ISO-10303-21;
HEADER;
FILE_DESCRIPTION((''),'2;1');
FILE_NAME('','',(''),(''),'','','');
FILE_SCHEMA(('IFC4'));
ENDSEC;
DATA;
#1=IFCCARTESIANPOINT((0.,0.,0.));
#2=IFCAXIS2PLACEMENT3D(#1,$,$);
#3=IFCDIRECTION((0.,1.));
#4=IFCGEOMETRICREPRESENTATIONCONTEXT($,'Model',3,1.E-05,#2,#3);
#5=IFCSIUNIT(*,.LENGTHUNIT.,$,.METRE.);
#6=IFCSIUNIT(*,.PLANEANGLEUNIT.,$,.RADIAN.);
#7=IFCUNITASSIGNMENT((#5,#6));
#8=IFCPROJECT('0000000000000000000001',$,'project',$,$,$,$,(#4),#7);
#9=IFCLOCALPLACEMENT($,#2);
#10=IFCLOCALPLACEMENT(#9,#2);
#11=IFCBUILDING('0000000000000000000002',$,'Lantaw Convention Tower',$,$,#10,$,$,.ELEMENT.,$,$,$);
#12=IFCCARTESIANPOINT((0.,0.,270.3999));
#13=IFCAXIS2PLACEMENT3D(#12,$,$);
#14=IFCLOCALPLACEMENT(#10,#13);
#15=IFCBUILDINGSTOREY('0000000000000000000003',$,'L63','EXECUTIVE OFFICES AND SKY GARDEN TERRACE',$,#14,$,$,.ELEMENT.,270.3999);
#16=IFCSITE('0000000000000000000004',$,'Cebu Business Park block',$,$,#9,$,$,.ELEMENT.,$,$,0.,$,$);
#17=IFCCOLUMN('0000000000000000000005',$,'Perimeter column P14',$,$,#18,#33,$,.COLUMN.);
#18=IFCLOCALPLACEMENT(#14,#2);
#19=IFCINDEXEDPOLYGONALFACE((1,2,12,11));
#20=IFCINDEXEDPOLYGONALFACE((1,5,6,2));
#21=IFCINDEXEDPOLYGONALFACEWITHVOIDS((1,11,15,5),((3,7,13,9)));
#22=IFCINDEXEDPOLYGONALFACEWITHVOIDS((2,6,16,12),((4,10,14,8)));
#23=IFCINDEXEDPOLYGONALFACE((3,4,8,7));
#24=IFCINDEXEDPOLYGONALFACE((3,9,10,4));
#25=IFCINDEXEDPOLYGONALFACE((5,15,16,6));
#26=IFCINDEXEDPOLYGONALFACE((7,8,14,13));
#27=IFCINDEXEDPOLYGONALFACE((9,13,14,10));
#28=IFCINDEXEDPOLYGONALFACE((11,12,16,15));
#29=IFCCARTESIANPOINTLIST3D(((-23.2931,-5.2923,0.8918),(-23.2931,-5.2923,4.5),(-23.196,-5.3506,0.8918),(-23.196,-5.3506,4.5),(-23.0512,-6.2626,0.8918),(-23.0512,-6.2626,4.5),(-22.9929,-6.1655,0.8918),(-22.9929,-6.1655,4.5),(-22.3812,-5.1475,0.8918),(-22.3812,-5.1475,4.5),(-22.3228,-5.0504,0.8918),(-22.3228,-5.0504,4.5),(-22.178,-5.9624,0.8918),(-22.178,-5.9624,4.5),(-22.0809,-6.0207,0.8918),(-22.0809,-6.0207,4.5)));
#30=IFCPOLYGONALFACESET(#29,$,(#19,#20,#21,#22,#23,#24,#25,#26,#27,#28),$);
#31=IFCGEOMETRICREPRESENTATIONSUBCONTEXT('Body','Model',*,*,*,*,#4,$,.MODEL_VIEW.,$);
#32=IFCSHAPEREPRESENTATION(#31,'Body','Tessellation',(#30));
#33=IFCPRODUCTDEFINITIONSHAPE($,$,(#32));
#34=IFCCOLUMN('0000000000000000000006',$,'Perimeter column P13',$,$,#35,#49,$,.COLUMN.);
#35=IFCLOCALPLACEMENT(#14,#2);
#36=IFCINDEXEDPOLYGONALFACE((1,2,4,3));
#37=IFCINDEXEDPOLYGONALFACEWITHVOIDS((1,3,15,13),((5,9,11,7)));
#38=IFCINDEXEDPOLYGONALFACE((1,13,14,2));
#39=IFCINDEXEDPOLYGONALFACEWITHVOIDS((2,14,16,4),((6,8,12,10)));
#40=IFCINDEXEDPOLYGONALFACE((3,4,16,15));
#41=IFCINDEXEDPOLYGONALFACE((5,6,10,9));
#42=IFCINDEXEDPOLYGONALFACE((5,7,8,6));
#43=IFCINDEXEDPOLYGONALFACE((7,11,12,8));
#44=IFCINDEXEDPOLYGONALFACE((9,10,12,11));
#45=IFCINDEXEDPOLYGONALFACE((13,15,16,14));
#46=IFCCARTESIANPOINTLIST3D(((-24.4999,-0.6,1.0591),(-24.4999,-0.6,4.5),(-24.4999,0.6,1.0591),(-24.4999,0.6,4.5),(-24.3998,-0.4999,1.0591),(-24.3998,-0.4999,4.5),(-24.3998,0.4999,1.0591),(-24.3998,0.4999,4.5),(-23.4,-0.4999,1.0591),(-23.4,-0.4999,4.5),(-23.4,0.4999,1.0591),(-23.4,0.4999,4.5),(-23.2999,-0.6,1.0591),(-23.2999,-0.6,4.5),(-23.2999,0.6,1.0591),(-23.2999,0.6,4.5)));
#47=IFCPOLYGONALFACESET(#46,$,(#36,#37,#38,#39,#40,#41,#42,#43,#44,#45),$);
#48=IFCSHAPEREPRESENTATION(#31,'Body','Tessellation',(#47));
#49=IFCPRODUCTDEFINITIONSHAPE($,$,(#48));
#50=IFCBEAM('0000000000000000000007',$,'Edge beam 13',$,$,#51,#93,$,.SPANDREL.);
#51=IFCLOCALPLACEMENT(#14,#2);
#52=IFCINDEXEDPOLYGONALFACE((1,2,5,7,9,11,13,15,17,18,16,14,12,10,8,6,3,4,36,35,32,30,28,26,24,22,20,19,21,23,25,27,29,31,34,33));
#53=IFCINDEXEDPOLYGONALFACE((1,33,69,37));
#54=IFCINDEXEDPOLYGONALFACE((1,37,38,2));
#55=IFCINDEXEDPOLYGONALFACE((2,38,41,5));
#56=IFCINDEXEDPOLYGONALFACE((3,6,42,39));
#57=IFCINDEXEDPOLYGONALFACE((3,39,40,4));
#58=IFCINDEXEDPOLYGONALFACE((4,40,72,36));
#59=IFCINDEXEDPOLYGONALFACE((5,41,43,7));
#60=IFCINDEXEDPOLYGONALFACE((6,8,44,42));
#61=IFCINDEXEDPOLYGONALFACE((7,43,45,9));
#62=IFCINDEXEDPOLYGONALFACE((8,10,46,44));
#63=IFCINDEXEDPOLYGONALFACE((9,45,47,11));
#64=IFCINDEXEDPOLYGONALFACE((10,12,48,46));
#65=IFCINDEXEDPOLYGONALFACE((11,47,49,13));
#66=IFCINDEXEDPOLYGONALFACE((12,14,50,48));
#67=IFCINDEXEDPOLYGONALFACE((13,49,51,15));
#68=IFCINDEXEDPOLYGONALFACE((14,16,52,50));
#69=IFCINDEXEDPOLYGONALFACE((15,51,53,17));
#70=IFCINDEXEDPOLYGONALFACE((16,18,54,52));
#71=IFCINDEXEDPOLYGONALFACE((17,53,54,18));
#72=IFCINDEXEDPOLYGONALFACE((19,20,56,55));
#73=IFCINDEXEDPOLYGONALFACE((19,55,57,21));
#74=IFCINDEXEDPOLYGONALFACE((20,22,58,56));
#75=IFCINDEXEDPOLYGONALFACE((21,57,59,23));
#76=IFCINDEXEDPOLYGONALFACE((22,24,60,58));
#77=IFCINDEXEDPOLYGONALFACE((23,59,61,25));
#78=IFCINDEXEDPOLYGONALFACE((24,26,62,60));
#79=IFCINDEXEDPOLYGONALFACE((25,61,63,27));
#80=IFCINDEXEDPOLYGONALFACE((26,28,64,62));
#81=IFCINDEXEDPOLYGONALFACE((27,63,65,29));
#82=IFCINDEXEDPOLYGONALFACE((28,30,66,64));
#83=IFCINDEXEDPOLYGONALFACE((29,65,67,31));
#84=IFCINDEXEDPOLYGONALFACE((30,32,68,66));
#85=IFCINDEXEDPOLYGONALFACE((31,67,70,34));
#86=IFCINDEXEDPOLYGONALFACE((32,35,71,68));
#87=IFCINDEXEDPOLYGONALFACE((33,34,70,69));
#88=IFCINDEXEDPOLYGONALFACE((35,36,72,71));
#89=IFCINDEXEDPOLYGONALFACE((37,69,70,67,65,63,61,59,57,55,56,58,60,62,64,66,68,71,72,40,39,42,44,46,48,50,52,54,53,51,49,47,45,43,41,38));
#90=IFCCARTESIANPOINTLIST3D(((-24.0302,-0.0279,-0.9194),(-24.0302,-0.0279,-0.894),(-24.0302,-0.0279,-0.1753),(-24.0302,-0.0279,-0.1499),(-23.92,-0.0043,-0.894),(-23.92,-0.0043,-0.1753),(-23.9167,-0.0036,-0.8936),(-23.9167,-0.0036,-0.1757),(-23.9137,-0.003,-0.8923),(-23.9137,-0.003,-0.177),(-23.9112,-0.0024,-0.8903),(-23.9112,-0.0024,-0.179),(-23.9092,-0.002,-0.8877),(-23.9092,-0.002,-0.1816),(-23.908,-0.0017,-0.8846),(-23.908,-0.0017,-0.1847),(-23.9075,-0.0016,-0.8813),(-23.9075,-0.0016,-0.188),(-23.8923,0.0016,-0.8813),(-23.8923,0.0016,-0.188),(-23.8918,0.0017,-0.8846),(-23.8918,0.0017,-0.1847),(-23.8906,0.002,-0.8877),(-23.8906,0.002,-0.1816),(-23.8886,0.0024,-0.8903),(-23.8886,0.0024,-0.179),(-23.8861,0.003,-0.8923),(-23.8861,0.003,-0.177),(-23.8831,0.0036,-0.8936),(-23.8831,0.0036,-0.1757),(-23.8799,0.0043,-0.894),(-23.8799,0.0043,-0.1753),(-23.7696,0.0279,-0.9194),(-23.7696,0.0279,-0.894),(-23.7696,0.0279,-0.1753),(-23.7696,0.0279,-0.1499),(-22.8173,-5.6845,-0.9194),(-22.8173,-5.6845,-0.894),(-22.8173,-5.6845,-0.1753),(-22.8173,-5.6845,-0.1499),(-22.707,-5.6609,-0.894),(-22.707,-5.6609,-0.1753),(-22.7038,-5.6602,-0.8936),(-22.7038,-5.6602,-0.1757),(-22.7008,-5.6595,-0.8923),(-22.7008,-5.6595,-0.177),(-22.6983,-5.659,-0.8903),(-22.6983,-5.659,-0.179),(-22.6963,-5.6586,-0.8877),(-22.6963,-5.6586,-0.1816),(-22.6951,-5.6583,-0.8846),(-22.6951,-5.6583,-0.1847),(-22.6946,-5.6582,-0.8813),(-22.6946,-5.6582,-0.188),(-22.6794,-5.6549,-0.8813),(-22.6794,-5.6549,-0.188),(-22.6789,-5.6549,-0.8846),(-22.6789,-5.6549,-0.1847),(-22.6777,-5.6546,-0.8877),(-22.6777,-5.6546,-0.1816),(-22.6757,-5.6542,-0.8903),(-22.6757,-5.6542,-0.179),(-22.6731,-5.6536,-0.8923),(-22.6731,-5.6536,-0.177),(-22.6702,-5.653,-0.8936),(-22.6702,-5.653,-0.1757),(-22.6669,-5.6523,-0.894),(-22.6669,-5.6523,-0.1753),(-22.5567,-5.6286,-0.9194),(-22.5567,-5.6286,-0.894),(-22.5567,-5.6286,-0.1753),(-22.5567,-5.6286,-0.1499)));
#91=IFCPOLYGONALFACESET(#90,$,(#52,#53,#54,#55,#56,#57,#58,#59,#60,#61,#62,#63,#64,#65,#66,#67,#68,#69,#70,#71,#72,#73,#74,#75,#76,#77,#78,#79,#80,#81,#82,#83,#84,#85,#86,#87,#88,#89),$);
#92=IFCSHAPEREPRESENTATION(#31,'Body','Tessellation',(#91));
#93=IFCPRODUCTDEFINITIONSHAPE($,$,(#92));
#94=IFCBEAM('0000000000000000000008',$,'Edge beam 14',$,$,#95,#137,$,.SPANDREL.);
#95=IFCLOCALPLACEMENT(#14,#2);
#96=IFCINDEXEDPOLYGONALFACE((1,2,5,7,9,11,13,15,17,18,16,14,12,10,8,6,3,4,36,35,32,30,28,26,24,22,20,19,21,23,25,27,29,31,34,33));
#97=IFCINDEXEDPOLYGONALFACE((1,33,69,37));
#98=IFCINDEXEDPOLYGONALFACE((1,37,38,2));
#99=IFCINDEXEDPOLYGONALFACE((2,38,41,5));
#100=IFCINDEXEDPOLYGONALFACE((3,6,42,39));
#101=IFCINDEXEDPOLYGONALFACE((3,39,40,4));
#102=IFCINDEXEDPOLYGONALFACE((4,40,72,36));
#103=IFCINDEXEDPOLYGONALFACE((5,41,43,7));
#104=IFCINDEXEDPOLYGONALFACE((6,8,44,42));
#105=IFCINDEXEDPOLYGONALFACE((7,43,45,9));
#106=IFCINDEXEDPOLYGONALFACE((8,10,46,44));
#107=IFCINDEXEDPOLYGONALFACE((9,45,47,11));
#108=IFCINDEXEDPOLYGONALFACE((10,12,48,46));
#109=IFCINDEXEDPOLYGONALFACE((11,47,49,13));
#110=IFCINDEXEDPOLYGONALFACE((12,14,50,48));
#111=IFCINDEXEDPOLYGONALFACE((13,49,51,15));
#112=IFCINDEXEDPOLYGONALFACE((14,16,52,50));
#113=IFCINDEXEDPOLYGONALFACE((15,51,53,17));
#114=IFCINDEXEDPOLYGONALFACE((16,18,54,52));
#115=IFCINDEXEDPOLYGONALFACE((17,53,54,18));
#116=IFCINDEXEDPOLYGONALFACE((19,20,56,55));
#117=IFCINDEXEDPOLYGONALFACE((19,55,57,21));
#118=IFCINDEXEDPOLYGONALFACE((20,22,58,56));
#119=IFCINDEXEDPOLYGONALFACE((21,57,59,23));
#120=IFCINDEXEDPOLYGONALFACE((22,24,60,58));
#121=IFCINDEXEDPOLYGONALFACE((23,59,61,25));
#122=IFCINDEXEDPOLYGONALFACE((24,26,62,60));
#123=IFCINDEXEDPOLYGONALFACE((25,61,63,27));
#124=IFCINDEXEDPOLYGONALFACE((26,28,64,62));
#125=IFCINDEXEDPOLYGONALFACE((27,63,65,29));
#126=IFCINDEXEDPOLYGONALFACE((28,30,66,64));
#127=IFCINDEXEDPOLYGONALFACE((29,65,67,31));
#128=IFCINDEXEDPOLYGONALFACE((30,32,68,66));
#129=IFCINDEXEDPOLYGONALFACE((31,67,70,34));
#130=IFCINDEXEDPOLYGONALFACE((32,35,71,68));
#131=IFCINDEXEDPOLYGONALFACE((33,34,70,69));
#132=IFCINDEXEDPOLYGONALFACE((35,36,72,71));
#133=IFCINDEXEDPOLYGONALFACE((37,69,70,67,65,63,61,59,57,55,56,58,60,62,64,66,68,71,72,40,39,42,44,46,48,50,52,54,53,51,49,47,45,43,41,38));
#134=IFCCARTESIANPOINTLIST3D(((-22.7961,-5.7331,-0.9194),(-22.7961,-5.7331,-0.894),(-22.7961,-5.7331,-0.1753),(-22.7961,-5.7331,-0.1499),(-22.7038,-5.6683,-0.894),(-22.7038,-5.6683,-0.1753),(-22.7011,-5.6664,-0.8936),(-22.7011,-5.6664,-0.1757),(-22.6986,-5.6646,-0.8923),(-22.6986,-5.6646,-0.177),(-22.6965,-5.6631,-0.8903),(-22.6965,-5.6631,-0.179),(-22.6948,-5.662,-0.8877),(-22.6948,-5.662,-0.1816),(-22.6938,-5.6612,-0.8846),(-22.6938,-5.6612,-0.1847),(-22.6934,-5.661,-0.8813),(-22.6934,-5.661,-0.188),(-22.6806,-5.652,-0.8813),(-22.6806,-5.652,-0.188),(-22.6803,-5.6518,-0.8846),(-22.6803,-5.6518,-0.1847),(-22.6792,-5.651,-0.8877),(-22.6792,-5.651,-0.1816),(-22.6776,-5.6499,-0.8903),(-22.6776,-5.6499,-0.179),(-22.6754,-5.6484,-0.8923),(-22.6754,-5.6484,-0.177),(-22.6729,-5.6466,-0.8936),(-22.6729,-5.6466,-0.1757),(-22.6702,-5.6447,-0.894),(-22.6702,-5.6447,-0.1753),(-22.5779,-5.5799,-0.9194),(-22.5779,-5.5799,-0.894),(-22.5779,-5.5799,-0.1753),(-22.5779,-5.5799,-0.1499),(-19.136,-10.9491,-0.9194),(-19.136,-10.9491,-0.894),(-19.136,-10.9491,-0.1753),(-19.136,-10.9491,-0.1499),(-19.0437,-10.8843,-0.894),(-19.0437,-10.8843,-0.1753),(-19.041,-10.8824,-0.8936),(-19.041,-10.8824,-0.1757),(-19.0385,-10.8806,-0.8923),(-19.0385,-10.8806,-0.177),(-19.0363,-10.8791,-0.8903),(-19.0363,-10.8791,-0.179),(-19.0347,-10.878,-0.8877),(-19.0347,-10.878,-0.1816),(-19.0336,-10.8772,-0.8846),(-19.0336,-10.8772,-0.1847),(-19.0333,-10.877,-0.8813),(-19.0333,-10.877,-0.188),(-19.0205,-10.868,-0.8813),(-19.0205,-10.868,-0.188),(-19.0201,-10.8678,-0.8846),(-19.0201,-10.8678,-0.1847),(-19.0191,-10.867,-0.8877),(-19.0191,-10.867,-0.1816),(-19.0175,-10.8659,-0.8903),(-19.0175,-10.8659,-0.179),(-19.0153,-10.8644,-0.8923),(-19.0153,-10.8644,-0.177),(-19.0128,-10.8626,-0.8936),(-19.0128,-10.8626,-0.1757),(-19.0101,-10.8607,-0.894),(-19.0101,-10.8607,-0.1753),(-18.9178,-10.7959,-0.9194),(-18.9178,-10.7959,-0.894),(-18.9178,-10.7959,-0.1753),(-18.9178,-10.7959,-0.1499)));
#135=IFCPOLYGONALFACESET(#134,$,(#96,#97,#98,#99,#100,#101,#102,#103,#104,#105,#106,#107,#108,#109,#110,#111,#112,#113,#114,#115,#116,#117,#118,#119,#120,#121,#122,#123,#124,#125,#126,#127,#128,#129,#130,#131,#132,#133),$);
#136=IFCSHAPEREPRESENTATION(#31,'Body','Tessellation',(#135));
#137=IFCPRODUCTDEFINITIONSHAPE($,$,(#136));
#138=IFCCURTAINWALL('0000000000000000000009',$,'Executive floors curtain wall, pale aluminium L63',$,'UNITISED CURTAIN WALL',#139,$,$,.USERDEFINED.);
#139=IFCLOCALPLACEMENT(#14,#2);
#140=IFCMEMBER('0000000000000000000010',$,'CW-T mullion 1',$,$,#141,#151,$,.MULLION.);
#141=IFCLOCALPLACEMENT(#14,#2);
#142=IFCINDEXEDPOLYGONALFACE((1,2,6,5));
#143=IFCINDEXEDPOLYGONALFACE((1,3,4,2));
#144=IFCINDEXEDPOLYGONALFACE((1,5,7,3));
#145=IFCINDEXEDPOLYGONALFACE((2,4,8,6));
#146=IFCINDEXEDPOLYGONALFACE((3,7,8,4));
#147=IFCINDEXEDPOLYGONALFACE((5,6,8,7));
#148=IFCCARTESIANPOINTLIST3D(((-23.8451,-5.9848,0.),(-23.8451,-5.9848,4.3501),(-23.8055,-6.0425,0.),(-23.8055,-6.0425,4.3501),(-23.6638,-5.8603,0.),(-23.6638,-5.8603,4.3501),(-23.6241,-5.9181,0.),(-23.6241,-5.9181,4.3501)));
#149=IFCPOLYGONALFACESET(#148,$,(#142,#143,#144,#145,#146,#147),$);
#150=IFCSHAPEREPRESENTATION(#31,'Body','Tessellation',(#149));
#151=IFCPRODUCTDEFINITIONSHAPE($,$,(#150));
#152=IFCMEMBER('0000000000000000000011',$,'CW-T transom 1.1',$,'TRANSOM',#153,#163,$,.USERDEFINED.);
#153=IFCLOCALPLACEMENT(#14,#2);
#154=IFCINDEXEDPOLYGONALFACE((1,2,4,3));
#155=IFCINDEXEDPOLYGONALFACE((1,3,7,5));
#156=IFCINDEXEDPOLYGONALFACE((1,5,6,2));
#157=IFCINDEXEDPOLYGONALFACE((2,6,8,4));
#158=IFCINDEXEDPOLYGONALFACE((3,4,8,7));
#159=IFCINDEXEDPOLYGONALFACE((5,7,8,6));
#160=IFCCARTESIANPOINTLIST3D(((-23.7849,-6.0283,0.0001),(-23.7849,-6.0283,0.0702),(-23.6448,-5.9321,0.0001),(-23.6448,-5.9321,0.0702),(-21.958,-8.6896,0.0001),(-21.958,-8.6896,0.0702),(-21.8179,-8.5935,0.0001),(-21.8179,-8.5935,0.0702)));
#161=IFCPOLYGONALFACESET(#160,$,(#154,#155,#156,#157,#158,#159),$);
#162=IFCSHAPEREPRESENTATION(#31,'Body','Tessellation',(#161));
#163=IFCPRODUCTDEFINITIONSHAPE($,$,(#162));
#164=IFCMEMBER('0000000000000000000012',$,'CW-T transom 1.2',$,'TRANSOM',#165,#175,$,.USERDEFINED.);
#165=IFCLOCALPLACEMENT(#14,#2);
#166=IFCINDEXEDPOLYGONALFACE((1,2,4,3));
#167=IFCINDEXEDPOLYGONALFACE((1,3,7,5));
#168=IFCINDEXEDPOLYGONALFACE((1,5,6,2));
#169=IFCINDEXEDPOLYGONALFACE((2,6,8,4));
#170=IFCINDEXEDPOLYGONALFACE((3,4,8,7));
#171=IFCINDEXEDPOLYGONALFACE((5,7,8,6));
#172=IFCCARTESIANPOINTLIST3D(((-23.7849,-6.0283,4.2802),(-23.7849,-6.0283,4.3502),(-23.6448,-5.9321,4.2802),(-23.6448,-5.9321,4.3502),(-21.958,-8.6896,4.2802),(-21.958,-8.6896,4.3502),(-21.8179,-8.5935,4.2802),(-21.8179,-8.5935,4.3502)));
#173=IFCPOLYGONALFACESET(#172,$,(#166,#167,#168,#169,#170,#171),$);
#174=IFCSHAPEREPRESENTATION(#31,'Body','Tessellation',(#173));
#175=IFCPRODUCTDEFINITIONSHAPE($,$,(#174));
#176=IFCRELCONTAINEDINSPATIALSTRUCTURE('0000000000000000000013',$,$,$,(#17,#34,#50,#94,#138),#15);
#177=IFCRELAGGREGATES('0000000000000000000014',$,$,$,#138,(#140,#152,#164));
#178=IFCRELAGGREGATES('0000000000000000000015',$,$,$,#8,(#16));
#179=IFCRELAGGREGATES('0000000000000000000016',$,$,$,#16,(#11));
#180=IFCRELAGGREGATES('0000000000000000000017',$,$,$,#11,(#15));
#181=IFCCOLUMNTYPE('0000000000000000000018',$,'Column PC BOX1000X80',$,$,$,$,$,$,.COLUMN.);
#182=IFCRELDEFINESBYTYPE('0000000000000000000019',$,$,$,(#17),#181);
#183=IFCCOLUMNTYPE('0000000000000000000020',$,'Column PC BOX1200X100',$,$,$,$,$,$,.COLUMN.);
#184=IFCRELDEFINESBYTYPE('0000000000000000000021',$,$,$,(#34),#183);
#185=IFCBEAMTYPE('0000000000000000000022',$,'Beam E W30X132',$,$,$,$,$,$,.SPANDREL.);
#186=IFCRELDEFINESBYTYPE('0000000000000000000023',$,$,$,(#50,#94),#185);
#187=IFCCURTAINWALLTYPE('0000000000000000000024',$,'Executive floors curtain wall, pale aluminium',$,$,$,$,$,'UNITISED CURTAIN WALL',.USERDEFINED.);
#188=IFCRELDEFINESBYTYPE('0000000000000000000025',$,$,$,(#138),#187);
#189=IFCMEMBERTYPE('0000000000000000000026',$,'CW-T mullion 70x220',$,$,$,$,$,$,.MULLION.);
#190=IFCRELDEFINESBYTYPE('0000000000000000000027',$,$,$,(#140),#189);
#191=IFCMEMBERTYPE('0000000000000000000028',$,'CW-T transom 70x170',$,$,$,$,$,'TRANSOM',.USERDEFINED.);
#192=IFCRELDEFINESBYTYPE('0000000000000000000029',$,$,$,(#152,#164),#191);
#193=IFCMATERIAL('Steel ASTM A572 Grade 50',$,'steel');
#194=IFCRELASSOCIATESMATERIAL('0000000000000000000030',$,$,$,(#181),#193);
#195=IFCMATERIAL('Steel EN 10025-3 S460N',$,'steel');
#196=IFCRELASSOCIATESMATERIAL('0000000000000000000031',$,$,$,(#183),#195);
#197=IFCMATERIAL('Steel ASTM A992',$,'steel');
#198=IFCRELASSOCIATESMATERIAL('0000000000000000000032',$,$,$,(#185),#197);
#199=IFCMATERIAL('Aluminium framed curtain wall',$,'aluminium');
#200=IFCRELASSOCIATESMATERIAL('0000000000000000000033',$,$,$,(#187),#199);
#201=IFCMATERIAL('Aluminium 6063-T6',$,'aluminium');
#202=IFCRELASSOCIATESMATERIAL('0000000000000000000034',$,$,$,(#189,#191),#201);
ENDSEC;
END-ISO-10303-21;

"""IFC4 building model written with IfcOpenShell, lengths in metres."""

from ifc_helpers import new_model, si_unit, direction, frame, origin, origin_2d, place, context, subcontext, project, spatial, rectangle, hollow_rectangle, i_section, extrude, material, material_profile, profile_set, type_object, element, aggregate, save


model = new_model("IFC4")

# Units and contexts
model_context = context("Model", 3, precision=1e-05, world=origin(), true_north=direction((0.0, 1.0)))
body_context = subcontext(model_context, "Body", "Model", "MODEL_VIEW")
ifc_project = project(units=[si_unit("LENGTHUNIT", "METRE"), si_unit("PLANEANGLEUNIT", "RADIAN")], contexts=[model_context])

# Site, building, storey
site_placement = place(None, origin())
site = spatial("IfcSite", under=ifc_project, at=site_placement, Name="Cebu Business Park block", CompositionType="ELEMENT", RefElevation=0.0)
building_placement = place(site_placement, origin())
building = spatial("IfcBuilding", under=site, at=building_placement, Name="Lantaw Convention Tower", CompositionType="ELEMENT")
storey_placement = place(building_placement, frame((0.0, 0.0, 270.3999)))
storey = spatial("IfcBuildingStorey", under=building, at=storey_placement, Name="L63", Description="EXECUTIVE OFFICES AND SKY GARDEN TERRACE", CompositionType="ELEMENT", Elevation=270.3999)

# Columns
ifc_material_1 = material(Name="Steel ASTM A572 Grade 50", Category="steel")
ifc_material_profile_1 = material_profile(ifc_material_1, hollow_rectangle(XDim=1.0, YDim=1.0, WallThickness=0.0801, at=origin_2d()), Name="BOX1000X80")
ifc_material_2 = material(Name="Concrete C60/75", Category="concrete")
ifc_material_profile_2 = material_profile(ifc_material_2, rectangle(XDim=0.8401, YDim=0.8401, at=origin_2d()), Name="Concrete fill of BOX1000X80")
ifc_profile_set_1 = profile_set([ifc_material_profile_1, ifc_material_profile_2], Name="Steel ASTM A572 Grade 50")
column_type_1 = type_object("IfcColumnType", Name="Column PC BOX1000X80", PredefinedType="COLUMN", material=ifc_profile_set_1)
column_1_placement = place(storey_placement, frame((-22.687, -5.6565, 0.8918), z_axis=(0.0, 0.0, 1.0), x_axis=(0.970296, 0.241922, 0.0)))
element("IfcColumn", 1, at=column_1_placement, inside=storey, type_object=column_type_1, Name="Perimeter column P14", PredefinedType="COLUMN", context=body_context, shape_type="SweptSolid", body=[
    extrude(hollow_rectangle(XDim=1.0, YDim=1.0, WallThickness=0.0801, at=origin_2d()), origin(), (0.0, 0.0, 1.0), 3.6082),
])
ifc_material_3 = material(Name="Steel EN 10025-3 S460N", Category="steel")
ifc_material_profile_3 = material_profile(ifc_material_3, hollow_rectangle(XDim=1.2, YDim=1.2, WallThickness=0.1001, at=origin_2d()), Name="BOX1200X100")
ifc_material_profile_4 = material_profile(ifc_material_2, rectangle(XDim=1.0, YDim=1.0, at=origin_2d()), Name="Concrete fill of BOX1200X100")
ifc_profile_set_2 = profile_set([ifc_material_profile_3, ifc_material_profile_4], Name="Steel EN 10025-3 S460N")
column_type_2 = type_object("IfcColumnType", Name="Column PC BOX1200X100", PredefinedType="COLUMN", material=ifc_profile_set_2)
column_2_placement = place(storey_placement, frame((-23.8999, 0.0, 1.0591), z_axis=(0.0, 0.0, 1.0), x_axis=(1.0, 0.0, 0.0)))
element("IfcColumn", 2, at=column_2_placement, inside=storey, type_object=column_type_2, Name="Perimeter column P13", PredefinedType="COLUMN", context=body_context, shape_type="SweptSolid", body=[
    extrude(hollow_rectangle(XDim=1.2, YDim=1.2, WallThickness=0.1001, at=origin_2d()), origin(), (0.0, 0.0, 1.0), 3.4409),
])

# Beams
ifc_material_4 = material(Name="Steel ASTM A992", Category="steel")
ifc_material_profile_5 = material_profile(ifc_material_4, i_section(OverallWidth=0.2666, OverallDepth=0.7695, WebThickness=0.0156, FlangeThickness=0.0254, FilletRadius=0.0127, at=origin_2d()), Name="W30X132")
ifc_profile_set_3 = profile_set([ifc_material_profile_5], Name="Steel ASTM A992")
beam_type = type_object("IfcBeamType", Name="Beam E W30X132", PredefinedType="SPANDREL", material=ifc_profile_set_3)
beam_1_placement = place(storey_placement, frame((-23.8999, 0.0, -0.5347), z_axis=(0.209659, -0.977775, 0.0), x_axis=(0.977775, 0.209659, 0.0)))
element("IfcBeam", 3, at=beam_1_placement, inside=storey, type_object=beam_type, Name="Edge beam 13", PredefinedType="SPANDREL", context=body_context, shape_type="SweptSolid", body=[
    extrude(i_section(OverallWidth=0.2666, OverallDepth=0.7695, WebThickness=0.0156, FlangeThickness=0.0254, FilletRadius=0.0127, at=origin_2d()), origin(), (0.0, 0.0, 1.0), 5.7852),
])
beam_2_placement = place(storey_placement, frame((-22.687, -5.6565, -0.5347), z_axis=(0.574401, -0.818574, 0.0), x_axis=(0.818574, 0.574401, 0.0)))
element("IfcBeam", 4, at=beam_2_placement, inside=storey, type_object=beam_type, Name="Edge beam 14", PredefinedType="SPANDREL", context=body_context, shape_type="SweptSolid", body=[
    extrude(i_section(OverallWidth=0.2666, OverallDepth=0.7695, WebThickness=0.0156, FlangeThickness=0.0254, FilletRadius=0.0127, at=origin_2d()), origin(), (0.0, 0.0, 1.0), 6.3721),
])

# Curtain wall, members
ifc_material_5 = material(Name="Aluminium framed curtain wall", Category="aluminium")
curtain_wall_type = type_object("IfcCurtainWallType", Name="Executive floors curtain wall, pale aluminium", ElementType="UNITISED CURTAIN WALL", PredefinedType="USERDEFINED", material=ifc_material_5)
curtain_wall_placement = place(storey_placement, origin())
curtain_wall = element("IfcCurtainWall", 5, at=curtain_wall_placement, inside=storey, type_object=curtain_wall_type, Name="Executive floors curtain wall, pale aluminium L63", ObjectType="UNITISED CURTAIN WALL", PredefinedType="USERDEFINED")
ifc_material_6 = material(Name="Aluminium 6063-T6", Category="aluminium")
ifc_material_profile_6 = material_profile(ifc_material_6, rectangle(XDim=0.22, YDim=0.0701, at=origin_2d()), Name="CW-T mullion 70x220")
ifc_profile_set_4 = profile_set([ifc_material_profile_6], Name="Aluminium 6063-T6")
member_type_1 = type_object("IfcMemberType", Name="CW-T mullion 70x220", PredefinedType="MULLION", material=ifc_profile_set_4)
member_1_placement = place(storey_placement, frame((-23.7346, -5.9514, 0.0), z_axis=(0.0, 0.0, 1.0), x_axis=(0.82445, 0.565935, 0.0)))
member_1 = element("IfcMember", 6, at=member_1_placement, type_object=member_type_1, Name="CW-T mullion 1", PredefinedType="MULLION", context=body_context, shape_type="SweptSolid", body=[
    extrude(rectangle(XDim=0.22, YDim=0.0701, at=origin_2d()), origin(), (0.0, 0.0, 1.0), 4.3501),
])
ifc_material_profile_7 = material_profile(ifc_material_6, rectangle(XDim=0.1699, YDim=0.0701, at=origin_2d()), Name="CW-T transom 70x170")
ifc_profile_set_5 = profile_set([ifc_material_profile_7], Name="Aluminium 6063-T6")
member_type_2 = type_object("IfcMemberType", Name="CW-T transom 70x170", ElementType="TRANSOM", PredefinedType="USERDEFINED", material=ifc_profile_set_5)
member_2_placement = place(storey_placement, frame((-23.7148, -5.9802, 0.0352), z_axis=(0.565941, -0.824446, 0.0), x_axis=(0.824446, 0.565941, 0.0)))
member_2 = element("IfcMember", 7, at=member_2_placement, type_object=member_type_2, Name="CW-T transom 1.1", ObjectType="TRANSOM", PredefinedType="USERDEFINED", context=body_context, shape_type="SweptSolid", body=[
    extrude(rectangle(XDim=0.1699, YDim=0.0701, at=origin_2d()), origin(), (0.0, 0.0, 1.0), 3.228),
])
member_3_placement = place(storey_placement, frame((-23.7148, -5.9802, 4.3152), z_axis=(0.565941, -0.824446, 0.0), x_axis=(0.824446, 0.565941, 0.0)))
member_3 = element("IfcMember", 8, at=member_3_placement, type_object=member_type_2, Name="CW-T transom 1.2", ObjectType="TRANSOM", PredefinedType="USERDEFINED", context=body_context, shape_type="SweptSolid", body=[
    extrude(rectangle(XDim=0.1699, YDim=0.0701, at=origin_2d()), origin(), (0.0, 0.0, 1.0), 3.228),
])
aggregate(curtain_wall, [member_1, member_2, member_3])

save(model, "model.ifc")
